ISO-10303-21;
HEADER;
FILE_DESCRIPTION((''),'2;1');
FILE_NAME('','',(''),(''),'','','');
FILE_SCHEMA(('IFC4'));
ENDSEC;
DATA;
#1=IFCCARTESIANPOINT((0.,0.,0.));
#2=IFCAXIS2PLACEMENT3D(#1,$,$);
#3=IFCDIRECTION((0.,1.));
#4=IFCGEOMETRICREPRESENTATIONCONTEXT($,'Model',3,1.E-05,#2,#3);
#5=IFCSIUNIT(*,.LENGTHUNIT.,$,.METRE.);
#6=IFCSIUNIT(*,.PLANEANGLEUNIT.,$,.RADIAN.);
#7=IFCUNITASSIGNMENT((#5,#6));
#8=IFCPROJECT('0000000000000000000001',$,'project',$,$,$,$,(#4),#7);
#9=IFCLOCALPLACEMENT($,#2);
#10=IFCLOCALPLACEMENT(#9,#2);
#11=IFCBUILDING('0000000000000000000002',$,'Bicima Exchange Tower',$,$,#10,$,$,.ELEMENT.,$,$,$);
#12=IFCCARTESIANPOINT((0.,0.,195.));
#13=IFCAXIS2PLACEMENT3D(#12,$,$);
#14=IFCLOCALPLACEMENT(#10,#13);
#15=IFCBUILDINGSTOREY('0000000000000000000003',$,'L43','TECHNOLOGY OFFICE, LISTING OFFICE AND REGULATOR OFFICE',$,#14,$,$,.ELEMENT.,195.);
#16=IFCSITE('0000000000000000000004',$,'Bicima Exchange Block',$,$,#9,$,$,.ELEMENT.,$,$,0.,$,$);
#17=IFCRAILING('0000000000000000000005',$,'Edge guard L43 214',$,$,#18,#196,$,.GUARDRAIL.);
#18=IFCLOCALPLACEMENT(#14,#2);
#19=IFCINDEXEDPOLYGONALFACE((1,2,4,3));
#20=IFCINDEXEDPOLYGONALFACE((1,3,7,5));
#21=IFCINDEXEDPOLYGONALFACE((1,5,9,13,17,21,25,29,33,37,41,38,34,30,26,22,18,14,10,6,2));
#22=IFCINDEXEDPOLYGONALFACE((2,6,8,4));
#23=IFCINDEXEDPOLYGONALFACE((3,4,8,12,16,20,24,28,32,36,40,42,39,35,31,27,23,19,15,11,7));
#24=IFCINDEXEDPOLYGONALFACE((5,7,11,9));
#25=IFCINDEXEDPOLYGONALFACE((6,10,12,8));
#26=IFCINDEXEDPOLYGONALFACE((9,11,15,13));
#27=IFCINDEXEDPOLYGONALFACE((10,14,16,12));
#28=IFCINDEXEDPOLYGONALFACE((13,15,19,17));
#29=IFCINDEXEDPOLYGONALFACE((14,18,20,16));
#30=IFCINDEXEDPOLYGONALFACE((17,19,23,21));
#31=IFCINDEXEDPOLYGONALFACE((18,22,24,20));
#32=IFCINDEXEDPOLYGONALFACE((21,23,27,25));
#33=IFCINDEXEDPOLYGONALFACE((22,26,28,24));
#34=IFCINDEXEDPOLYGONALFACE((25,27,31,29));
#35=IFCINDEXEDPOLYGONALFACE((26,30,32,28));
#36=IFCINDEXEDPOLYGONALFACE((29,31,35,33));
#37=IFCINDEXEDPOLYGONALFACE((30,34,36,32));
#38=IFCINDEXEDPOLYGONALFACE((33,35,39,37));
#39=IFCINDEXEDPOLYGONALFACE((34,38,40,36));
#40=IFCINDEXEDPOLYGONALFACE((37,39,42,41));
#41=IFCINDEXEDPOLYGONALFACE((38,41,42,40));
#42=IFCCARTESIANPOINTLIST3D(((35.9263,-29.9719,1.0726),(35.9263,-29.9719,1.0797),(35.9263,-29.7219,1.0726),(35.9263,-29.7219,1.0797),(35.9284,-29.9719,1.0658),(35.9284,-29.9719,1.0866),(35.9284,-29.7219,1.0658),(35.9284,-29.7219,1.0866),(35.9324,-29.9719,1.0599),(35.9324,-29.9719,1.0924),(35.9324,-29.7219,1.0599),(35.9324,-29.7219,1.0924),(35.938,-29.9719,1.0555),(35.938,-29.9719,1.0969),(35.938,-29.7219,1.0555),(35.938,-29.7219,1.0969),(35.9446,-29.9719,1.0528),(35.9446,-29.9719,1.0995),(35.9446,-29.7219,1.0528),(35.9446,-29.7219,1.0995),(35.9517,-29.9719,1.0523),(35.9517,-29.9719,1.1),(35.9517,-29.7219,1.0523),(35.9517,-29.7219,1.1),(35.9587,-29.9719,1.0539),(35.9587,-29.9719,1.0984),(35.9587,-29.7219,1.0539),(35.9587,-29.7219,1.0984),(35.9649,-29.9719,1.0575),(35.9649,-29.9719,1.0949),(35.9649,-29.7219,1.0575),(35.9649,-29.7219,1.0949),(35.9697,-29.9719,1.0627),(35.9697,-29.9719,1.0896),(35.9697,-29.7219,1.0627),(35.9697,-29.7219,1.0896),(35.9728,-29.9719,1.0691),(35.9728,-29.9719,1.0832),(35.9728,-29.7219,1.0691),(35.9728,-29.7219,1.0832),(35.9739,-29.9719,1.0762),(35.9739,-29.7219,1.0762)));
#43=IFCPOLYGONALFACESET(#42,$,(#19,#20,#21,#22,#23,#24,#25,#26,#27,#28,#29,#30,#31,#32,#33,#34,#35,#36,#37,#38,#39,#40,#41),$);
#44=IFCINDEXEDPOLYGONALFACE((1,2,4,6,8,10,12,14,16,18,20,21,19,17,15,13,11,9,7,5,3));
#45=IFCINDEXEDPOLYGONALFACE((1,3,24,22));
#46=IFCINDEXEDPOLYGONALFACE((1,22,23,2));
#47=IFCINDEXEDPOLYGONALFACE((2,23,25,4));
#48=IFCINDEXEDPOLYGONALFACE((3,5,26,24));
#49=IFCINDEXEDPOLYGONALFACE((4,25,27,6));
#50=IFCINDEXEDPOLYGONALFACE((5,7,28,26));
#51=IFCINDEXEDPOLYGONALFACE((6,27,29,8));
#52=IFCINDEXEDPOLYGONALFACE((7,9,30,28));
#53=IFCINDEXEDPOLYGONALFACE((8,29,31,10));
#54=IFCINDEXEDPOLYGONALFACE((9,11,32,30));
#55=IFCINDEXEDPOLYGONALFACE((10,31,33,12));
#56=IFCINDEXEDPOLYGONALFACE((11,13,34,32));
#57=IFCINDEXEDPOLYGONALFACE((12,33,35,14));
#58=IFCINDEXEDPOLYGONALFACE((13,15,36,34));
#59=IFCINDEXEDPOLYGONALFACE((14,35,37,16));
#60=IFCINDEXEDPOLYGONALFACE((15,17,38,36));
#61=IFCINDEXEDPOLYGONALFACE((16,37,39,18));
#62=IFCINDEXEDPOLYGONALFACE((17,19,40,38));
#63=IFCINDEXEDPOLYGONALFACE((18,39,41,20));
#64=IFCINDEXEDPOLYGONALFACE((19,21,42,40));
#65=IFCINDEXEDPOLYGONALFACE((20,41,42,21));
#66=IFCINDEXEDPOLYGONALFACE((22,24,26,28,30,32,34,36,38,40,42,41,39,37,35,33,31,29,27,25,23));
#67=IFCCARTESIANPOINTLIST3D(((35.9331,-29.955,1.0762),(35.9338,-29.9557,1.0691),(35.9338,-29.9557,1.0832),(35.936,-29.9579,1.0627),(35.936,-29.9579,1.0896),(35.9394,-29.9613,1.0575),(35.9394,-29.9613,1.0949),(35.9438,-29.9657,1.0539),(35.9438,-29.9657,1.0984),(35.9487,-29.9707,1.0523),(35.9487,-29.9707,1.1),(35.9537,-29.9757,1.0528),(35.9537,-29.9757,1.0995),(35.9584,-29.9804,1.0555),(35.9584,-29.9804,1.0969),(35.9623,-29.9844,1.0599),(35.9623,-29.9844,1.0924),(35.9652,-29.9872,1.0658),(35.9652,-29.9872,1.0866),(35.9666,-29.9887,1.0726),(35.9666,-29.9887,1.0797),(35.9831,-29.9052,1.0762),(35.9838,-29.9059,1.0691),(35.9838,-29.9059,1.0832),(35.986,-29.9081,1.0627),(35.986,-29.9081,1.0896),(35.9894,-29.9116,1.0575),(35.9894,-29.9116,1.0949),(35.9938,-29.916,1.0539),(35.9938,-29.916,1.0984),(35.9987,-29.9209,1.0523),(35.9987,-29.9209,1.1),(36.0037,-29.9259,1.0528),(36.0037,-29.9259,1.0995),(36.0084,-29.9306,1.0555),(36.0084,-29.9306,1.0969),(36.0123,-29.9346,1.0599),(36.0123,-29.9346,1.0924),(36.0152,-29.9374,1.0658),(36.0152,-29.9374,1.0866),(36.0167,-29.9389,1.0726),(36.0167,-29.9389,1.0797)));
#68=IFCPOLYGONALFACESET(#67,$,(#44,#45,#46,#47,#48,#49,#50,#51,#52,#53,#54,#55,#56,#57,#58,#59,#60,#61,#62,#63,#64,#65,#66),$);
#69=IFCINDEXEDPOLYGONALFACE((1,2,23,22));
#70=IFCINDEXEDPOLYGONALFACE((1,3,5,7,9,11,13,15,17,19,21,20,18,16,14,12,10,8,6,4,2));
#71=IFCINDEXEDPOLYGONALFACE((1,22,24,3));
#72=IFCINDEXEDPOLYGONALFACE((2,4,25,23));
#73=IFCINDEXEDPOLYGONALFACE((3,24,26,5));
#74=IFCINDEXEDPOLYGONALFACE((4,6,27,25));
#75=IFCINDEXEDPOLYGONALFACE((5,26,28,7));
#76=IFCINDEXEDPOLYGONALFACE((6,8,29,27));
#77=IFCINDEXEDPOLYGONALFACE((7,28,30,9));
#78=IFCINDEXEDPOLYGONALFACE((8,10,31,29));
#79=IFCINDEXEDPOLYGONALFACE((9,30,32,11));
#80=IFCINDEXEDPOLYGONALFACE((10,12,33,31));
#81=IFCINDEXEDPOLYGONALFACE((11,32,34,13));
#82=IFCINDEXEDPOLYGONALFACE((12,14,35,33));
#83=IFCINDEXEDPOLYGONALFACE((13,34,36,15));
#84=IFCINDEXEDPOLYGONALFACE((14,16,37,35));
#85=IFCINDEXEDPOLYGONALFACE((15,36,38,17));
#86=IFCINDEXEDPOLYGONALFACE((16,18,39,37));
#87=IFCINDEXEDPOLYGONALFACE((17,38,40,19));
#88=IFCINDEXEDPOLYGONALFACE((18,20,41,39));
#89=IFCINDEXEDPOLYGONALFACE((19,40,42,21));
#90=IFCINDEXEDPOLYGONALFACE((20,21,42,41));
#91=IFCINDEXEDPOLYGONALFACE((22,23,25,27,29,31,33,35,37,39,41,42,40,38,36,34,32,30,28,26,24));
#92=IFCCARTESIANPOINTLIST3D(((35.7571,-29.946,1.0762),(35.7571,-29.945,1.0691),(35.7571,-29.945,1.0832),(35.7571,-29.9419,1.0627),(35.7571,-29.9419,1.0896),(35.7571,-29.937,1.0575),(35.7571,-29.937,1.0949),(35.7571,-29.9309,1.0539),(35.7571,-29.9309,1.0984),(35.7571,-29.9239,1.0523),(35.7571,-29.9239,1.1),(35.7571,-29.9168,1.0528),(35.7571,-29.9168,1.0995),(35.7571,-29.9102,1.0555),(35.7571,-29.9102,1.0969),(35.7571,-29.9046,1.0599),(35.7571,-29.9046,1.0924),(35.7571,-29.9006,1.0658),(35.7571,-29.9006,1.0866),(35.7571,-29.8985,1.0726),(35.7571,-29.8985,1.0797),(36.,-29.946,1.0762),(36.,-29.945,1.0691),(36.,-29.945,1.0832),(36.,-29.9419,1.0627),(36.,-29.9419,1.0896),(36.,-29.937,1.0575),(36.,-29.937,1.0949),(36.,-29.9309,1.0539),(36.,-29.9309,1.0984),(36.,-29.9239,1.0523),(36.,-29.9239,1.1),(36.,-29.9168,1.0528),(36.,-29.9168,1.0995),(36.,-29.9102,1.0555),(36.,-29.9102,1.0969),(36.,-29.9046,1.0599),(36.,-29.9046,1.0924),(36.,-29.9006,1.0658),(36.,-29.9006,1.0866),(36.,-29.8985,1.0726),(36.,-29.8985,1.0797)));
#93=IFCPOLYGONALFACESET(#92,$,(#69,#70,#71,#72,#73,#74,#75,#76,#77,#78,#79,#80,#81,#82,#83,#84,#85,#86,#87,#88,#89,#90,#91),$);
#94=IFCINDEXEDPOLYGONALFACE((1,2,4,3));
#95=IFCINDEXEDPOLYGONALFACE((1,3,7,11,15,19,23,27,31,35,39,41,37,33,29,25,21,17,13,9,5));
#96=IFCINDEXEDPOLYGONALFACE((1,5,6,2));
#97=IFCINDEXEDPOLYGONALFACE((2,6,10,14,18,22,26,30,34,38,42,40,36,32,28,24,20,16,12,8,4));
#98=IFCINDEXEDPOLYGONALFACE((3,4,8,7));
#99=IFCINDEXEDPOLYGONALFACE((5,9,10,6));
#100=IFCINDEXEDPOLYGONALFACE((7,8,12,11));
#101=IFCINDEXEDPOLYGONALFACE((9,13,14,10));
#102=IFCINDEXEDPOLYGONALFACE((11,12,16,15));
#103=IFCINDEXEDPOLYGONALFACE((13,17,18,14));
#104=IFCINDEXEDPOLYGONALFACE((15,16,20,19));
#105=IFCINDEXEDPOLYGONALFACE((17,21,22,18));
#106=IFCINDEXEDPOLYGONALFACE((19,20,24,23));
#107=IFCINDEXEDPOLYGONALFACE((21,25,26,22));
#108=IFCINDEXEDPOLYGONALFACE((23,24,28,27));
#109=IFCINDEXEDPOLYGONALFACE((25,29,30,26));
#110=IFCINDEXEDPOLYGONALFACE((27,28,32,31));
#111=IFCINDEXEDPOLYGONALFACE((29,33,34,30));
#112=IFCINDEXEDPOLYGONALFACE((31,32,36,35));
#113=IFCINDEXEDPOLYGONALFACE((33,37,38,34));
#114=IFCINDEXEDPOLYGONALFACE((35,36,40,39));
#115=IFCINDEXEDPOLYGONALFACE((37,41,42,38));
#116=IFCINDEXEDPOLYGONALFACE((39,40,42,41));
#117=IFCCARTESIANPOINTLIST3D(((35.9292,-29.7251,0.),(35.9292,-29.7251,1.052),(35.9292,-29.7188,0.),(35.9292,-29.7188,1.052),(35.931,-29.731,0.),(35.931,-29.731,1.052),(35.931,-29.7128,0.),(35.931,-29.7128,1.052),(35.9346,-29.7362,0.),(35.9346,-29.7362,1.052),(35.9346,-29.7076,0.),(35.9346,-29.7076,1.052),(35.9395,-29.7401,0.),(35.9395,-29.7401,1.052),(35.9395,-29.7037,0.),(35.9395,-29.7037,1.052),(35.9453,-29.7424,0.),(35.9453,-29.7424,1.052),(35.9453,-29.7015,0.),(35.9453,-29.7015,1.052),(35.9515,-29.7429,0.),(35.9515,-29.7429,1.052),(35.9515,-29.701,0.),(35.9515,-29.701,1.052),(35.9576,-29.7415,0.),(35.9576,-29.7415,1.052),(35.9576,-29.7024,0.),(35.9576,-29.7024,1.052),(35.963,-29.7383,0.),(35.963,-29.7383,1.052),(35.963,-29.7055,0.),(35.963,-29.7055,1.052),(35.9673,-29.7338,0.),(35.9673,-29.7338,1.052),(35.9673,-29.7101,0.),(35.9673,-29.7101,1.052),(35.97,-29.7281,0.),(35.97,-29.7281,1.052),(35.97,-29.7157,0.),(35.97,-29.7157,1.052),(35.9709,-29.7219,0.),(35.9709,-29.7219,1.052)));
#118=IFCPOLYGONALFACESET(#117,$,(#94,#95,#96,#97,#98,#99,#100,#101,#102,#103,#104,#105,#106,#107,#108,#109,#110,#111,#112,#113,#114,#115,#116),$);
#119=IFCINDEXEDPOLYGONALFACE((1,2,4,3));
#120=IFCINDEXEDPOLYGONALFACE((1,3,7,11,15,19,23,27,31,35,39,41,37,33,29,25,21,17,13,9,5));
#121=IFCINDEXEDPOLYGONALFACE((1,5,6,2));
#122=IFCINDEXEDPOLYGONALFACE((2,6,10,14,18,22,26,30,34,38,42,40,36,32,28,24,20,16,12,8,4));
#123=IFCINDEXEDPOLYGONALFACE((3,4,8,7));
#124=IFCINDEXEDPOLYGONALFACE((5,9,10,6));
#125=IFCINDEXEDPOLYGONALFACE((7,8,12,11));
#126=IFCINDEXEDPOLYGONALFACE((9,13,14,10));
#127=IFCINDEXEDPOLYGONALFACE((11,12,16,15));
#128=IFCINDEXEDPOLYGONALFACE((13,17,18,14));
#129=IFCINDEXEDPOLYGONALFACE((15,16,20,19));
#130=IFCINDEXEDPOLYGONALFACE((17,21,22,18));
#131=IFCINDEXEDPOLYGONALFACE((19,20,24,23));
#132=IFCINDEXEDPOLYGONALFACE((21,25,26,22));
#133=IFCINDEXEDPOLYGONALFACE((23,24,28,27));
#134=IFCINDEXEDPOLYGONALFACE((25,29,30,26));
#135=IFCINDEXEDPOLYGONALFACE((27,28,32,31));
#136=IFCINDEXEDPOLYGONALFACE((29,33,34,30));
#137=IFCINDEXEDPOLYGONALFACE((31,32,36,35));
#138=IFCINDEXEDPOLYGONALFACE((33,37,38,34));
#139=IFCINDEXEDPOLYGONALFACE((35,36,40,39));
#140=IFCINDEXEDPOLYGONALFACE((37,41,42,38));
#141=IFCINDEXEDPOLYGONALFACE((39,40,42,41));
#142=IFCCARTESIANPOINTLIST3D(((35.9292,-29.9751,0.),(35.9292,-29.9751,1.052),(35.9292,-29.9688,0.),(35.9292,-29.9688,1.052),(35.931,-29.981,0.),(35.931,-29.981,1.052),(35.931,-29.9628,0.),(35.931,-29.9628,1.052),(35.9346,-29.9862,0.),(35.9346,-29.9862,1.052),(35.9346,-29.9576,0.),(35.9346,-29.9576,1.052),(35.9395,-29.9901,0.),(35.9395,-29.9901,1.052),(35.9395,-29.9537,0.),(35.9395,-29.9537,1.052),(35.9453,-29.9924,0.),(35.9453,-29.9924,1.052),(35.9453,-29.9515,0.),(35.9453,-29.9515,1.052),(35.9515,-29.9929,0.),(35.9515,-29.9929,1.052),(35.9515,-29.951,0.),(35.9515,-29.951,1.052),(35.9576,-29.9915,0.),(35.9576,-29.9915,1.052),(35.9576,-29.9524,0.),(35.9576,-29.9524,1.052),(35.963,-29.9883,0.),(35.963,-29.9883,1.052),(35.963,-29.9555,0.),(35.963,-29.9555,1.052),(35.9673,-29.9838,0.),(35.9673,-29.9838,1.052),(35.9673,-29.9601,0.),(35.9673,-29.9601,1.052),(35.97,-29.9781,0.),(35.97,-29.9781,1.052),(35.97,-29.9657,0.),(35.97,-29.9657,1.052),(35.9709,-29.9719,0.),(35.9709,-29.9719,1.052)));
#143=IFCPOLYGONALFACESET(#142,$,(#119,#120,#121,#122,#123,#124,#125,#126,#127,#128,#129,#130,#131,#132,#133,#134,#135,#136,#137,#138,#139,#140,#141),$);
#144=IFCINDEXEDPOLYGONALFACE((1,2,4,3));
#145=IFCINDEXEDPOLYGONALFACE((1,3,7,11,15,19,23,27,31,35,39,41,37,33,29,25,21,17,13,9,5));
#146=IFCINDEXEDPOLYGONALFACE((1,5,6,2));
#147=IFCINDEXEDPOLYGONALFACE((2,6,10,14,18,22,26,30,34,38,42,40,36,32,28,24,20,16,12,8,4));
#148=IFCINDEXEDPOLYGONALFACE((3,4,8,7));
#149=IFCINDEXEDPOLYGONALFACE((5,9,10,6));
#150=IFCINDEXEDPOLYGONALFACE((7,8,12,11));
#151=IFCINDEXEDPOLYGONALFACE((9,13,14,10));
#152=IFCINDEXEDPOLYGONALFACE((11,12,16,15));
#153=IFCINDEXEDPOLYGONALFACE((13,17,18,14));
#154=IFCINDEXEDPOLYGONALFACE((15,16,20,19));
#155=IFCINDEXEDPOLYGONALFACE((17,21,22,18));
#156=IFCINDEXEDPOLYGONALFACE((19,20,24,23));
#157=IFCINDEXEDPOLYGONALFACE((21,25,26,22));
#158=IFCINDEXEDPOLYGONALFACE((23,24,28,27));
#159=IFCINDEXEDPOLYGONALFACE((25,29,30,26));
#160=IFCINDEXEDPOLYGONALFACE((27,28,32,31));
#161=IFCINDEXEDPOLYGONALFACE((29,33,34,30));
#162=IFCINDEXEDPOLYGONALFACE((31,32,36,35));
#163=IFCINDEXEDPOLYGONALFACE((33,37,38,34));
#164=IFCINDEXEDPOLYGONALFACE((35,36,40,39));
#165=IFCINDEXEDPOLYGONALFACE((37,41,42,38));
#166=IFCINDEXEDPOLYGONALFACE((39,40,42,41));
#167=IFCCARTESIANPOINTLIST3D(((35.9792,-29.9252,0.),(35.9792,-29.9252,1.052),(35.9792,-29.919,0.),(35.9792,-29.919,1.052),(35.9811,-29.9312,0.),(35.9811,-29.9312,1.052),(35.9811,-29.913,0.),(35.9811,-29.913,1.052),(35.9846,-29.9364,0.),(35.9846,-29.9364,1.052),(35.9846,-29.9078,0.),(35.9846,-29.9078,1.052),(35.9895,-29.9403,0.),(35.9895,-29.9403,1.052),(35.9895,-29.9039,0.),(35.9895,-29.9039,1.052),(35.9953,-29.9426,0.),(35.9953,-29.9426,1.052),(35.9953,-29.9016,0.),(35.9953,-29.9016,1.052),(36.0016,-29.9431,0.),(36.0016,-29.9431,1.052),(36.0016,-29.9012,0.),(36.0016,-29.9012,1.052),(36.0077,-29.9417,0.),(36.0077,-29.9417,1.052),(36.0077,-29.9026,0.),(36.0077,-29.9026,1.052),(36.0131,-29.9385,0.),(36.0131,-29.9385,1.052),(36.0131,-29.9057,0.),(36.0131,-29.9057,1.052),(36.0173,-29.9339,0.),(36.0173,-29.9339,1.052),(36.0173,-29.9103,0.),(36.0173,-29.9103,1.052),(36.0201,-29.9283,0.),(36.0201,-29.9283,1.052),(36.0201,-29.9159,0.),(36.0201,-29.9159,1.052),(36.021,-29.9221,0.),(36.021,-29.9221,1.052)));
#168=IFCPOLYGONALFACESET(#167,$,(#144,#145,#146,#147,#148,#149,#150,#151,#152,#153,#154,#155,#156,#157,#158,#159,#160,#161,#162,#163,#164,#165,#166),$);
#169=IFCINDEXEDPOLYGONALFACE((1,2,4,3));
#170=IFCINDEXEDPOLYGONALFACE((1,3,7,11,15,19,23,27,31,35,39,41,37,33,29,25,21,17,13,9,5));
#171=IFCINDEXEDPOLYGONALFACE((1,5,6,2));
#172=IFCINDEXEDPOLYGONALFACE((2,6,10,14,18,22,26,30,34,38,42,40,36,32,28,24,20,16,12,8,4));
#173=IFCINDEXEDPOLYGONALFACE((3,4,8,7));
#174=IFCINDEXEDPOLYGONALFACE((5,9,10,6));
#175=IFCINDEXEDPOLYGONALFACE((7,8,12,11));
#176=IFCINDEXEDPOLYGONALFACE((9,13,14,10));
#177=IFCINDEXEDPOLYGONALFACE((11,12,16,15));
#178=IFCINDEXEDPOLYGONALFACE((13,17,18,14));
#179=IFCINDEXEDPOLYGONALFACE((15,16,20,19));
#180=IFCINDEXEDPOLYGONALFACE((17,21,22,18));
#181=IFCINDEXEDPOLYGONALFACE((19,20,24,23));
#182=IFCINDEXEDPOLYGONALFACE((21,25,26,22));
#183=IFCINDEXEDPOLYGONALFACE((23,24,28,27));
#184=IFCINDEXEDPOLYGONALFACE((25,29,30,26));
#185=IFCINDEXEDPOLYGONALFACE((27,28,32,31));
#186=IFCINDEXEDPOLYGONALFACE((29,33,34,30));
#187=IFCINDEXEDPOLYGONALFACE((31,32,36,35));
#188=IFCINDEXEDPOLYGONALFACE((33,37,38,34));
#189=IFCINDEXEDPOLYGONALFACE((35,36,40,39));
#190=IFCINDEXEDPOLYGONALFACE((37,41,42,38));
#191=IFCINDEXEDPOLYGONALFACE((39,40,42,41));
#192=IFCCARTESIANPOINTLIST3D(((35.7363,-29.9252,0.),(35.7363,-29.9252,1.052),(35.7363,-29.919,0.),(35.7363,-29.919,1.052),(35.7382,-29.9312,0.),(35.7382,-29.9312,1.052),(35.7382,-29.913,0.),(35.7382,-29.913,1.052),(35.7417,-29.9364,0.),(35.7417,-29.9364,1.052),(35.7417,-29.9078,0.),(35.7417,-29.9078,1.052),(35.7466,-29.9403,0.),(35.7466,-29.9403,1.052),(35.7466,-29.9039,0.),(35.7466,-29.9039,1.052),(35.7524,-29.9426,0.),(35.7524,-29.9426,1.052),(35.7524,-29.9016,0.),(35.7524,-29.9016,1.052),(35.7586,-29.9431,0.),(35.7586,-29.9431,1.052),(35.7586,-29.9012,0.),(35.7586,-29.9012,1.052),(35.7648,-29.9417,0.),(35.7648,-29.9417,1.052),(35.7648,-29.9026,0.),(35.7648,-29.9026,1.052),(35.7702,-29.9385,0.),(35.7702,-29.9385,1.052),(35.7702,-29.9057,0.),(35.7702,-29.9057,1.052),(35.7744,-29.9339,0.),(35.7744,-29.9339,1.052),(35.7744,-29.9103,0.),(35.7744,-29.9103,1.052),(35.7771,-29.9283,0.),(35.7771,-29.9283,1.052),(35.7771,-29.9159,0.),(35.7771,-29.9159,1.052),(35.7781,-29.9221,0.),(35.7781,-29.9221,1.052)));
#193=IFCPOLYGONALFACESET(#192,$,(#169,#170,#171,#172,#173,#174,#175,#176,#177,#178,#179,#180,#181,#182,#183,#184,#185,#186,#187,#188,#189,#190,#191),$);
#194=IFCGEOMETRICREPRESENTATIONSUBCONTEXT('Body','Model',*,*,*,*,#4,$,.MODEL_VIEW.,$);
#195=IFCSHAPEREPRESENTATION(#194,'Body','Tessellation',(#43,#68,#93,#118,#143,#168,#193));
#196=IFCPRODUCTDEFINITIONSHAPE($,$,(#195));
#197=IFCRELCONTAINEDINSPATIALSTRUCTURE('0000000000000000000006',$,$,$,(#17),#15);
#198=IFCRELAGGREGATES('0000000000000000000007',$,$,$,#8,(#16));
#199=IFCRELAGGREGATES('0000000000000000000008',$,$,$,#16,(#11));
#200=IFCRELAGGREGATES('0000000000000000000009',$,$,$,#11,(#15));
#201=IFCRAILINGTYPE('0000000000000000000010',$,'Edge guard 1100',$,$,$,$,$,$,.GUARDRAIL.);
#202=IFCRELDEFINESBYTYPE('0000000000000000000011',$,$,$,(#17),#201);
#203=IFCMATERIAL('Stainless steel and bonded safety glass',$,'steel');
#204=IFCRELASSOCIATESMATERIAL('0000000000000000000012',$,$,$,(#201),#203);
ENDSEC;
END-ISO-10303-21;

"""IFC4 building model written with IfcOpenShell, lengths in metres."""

from ifc_helpers import new_model, si_unit, direction, frame, origin, origin_2d, place, context, subcontext, project, spatial, circle, extrude, material, type_object, element, save


model = new_model("IFC4")

# Units and contexts
model_context = context("Model", 3, precision=1e-05, world=origin(), true_north=direction((0.0, 1.0)))
body_context = subcontext(model_context, "Body", "Model", "MODEL_VIEW")
ifc_project = project(units=[si_unit("LENGTHUNIT", "METRE"), si_unit("PLANEANGLEUNIT", "RADIAN")], contexts=[model_context])

# Site, building, storey
site_placement = place(None, origin())
site = spatial("IfcSite", under=ifc_project, at=site_placement, Name="Bicima Exchange Block", CompositionType="ELEMENT", RefElevation=0.0)
building_placement = place(site_placement, origin())
building = spatial("IfcBuilding", under=site, at=building_placement, Name="Bicima Exchange Tower", CompositionType="ELEMENT")
storey_placement = place(building_placement, frame((0.0, 0.0, 195.0)))
storey = spatial("IfcBuildingStorey", under=building, at=storey_placement, Name="L43", Description="TECHNOLOGY OFFICE, LISTING OFFICE AND REGULATOR OFFICE", CompositionType="ELEMENT", Elevation=195.0)

# Railing
ifc_material_1 = material(Name="Stainless steel and bonded safety glass", Category="steel")
railing_type = type_object("IfcRailingType", Name="Edge guard 1100", PredefinedType="GUARDRAIL", material=ifc_material_1)
railing_placement = place(storey_placement, frame((35.95, -29.7219, 0.0)))
element("IfcRailing", 1, at=railing_placement, inside=storey, type_object=railing_type, Name="Edge guard L43 214", PredefinedType="GUARDRAIL", context=body_context, shape_type="SweptSolid", body=[
    extrude(circle(Radius=0.0239, at=origin_2d()), frame((0.0, 0.0, 1.0762), z_axis=(0.0, -1.0, 0.0), x_axis=(1.0, 0.0, 0.0)), (0.0, 0.0, 1.0), 0.25),
    extrude(circle(Radius=0.0239, at=origin_2d()), frame((0.0, -0.25, 1.0762), z_axis=(0.708834, 0.705376, 0.0), x_axis=(-0.705376, 0.708834, 0.0)), (0.0, 0.0, 1.0), 0.0706),
    extrude(circle(Radius=0.0239, at=origin_2d()), frame((0.05, -0.2002, 1.0762), z_axis=(-1.0, 0.0, 0.0), x_axis=(0.0, -1.0, 0.0)), (0.0, 0.0, 1.0), 0.2429),
    extrude(circle(Radius=0.021, at=origin_2d()), origin(), (0.0, 0.0, 1.0), 1.052),
    extrude(circle(Radius=0.021, at=origin_2d()), frame((0.0, -0.25, 0.0)), (0.0, 0.0, 1.0), 1.052),
    extrude(circle(Radius=0.021, at=origin_2d()), frame((0.05, -0.2002, 0.0)), (0.0, 0.0, 1.0), 1.052),
    extrude(circle(Radius=0.021, at=origin_2d()), frame((-0.1929, -0.2002, 0.0)), (0.0, 0.0, 1.0), 1.052),
])

save(model, "model.ifc")
